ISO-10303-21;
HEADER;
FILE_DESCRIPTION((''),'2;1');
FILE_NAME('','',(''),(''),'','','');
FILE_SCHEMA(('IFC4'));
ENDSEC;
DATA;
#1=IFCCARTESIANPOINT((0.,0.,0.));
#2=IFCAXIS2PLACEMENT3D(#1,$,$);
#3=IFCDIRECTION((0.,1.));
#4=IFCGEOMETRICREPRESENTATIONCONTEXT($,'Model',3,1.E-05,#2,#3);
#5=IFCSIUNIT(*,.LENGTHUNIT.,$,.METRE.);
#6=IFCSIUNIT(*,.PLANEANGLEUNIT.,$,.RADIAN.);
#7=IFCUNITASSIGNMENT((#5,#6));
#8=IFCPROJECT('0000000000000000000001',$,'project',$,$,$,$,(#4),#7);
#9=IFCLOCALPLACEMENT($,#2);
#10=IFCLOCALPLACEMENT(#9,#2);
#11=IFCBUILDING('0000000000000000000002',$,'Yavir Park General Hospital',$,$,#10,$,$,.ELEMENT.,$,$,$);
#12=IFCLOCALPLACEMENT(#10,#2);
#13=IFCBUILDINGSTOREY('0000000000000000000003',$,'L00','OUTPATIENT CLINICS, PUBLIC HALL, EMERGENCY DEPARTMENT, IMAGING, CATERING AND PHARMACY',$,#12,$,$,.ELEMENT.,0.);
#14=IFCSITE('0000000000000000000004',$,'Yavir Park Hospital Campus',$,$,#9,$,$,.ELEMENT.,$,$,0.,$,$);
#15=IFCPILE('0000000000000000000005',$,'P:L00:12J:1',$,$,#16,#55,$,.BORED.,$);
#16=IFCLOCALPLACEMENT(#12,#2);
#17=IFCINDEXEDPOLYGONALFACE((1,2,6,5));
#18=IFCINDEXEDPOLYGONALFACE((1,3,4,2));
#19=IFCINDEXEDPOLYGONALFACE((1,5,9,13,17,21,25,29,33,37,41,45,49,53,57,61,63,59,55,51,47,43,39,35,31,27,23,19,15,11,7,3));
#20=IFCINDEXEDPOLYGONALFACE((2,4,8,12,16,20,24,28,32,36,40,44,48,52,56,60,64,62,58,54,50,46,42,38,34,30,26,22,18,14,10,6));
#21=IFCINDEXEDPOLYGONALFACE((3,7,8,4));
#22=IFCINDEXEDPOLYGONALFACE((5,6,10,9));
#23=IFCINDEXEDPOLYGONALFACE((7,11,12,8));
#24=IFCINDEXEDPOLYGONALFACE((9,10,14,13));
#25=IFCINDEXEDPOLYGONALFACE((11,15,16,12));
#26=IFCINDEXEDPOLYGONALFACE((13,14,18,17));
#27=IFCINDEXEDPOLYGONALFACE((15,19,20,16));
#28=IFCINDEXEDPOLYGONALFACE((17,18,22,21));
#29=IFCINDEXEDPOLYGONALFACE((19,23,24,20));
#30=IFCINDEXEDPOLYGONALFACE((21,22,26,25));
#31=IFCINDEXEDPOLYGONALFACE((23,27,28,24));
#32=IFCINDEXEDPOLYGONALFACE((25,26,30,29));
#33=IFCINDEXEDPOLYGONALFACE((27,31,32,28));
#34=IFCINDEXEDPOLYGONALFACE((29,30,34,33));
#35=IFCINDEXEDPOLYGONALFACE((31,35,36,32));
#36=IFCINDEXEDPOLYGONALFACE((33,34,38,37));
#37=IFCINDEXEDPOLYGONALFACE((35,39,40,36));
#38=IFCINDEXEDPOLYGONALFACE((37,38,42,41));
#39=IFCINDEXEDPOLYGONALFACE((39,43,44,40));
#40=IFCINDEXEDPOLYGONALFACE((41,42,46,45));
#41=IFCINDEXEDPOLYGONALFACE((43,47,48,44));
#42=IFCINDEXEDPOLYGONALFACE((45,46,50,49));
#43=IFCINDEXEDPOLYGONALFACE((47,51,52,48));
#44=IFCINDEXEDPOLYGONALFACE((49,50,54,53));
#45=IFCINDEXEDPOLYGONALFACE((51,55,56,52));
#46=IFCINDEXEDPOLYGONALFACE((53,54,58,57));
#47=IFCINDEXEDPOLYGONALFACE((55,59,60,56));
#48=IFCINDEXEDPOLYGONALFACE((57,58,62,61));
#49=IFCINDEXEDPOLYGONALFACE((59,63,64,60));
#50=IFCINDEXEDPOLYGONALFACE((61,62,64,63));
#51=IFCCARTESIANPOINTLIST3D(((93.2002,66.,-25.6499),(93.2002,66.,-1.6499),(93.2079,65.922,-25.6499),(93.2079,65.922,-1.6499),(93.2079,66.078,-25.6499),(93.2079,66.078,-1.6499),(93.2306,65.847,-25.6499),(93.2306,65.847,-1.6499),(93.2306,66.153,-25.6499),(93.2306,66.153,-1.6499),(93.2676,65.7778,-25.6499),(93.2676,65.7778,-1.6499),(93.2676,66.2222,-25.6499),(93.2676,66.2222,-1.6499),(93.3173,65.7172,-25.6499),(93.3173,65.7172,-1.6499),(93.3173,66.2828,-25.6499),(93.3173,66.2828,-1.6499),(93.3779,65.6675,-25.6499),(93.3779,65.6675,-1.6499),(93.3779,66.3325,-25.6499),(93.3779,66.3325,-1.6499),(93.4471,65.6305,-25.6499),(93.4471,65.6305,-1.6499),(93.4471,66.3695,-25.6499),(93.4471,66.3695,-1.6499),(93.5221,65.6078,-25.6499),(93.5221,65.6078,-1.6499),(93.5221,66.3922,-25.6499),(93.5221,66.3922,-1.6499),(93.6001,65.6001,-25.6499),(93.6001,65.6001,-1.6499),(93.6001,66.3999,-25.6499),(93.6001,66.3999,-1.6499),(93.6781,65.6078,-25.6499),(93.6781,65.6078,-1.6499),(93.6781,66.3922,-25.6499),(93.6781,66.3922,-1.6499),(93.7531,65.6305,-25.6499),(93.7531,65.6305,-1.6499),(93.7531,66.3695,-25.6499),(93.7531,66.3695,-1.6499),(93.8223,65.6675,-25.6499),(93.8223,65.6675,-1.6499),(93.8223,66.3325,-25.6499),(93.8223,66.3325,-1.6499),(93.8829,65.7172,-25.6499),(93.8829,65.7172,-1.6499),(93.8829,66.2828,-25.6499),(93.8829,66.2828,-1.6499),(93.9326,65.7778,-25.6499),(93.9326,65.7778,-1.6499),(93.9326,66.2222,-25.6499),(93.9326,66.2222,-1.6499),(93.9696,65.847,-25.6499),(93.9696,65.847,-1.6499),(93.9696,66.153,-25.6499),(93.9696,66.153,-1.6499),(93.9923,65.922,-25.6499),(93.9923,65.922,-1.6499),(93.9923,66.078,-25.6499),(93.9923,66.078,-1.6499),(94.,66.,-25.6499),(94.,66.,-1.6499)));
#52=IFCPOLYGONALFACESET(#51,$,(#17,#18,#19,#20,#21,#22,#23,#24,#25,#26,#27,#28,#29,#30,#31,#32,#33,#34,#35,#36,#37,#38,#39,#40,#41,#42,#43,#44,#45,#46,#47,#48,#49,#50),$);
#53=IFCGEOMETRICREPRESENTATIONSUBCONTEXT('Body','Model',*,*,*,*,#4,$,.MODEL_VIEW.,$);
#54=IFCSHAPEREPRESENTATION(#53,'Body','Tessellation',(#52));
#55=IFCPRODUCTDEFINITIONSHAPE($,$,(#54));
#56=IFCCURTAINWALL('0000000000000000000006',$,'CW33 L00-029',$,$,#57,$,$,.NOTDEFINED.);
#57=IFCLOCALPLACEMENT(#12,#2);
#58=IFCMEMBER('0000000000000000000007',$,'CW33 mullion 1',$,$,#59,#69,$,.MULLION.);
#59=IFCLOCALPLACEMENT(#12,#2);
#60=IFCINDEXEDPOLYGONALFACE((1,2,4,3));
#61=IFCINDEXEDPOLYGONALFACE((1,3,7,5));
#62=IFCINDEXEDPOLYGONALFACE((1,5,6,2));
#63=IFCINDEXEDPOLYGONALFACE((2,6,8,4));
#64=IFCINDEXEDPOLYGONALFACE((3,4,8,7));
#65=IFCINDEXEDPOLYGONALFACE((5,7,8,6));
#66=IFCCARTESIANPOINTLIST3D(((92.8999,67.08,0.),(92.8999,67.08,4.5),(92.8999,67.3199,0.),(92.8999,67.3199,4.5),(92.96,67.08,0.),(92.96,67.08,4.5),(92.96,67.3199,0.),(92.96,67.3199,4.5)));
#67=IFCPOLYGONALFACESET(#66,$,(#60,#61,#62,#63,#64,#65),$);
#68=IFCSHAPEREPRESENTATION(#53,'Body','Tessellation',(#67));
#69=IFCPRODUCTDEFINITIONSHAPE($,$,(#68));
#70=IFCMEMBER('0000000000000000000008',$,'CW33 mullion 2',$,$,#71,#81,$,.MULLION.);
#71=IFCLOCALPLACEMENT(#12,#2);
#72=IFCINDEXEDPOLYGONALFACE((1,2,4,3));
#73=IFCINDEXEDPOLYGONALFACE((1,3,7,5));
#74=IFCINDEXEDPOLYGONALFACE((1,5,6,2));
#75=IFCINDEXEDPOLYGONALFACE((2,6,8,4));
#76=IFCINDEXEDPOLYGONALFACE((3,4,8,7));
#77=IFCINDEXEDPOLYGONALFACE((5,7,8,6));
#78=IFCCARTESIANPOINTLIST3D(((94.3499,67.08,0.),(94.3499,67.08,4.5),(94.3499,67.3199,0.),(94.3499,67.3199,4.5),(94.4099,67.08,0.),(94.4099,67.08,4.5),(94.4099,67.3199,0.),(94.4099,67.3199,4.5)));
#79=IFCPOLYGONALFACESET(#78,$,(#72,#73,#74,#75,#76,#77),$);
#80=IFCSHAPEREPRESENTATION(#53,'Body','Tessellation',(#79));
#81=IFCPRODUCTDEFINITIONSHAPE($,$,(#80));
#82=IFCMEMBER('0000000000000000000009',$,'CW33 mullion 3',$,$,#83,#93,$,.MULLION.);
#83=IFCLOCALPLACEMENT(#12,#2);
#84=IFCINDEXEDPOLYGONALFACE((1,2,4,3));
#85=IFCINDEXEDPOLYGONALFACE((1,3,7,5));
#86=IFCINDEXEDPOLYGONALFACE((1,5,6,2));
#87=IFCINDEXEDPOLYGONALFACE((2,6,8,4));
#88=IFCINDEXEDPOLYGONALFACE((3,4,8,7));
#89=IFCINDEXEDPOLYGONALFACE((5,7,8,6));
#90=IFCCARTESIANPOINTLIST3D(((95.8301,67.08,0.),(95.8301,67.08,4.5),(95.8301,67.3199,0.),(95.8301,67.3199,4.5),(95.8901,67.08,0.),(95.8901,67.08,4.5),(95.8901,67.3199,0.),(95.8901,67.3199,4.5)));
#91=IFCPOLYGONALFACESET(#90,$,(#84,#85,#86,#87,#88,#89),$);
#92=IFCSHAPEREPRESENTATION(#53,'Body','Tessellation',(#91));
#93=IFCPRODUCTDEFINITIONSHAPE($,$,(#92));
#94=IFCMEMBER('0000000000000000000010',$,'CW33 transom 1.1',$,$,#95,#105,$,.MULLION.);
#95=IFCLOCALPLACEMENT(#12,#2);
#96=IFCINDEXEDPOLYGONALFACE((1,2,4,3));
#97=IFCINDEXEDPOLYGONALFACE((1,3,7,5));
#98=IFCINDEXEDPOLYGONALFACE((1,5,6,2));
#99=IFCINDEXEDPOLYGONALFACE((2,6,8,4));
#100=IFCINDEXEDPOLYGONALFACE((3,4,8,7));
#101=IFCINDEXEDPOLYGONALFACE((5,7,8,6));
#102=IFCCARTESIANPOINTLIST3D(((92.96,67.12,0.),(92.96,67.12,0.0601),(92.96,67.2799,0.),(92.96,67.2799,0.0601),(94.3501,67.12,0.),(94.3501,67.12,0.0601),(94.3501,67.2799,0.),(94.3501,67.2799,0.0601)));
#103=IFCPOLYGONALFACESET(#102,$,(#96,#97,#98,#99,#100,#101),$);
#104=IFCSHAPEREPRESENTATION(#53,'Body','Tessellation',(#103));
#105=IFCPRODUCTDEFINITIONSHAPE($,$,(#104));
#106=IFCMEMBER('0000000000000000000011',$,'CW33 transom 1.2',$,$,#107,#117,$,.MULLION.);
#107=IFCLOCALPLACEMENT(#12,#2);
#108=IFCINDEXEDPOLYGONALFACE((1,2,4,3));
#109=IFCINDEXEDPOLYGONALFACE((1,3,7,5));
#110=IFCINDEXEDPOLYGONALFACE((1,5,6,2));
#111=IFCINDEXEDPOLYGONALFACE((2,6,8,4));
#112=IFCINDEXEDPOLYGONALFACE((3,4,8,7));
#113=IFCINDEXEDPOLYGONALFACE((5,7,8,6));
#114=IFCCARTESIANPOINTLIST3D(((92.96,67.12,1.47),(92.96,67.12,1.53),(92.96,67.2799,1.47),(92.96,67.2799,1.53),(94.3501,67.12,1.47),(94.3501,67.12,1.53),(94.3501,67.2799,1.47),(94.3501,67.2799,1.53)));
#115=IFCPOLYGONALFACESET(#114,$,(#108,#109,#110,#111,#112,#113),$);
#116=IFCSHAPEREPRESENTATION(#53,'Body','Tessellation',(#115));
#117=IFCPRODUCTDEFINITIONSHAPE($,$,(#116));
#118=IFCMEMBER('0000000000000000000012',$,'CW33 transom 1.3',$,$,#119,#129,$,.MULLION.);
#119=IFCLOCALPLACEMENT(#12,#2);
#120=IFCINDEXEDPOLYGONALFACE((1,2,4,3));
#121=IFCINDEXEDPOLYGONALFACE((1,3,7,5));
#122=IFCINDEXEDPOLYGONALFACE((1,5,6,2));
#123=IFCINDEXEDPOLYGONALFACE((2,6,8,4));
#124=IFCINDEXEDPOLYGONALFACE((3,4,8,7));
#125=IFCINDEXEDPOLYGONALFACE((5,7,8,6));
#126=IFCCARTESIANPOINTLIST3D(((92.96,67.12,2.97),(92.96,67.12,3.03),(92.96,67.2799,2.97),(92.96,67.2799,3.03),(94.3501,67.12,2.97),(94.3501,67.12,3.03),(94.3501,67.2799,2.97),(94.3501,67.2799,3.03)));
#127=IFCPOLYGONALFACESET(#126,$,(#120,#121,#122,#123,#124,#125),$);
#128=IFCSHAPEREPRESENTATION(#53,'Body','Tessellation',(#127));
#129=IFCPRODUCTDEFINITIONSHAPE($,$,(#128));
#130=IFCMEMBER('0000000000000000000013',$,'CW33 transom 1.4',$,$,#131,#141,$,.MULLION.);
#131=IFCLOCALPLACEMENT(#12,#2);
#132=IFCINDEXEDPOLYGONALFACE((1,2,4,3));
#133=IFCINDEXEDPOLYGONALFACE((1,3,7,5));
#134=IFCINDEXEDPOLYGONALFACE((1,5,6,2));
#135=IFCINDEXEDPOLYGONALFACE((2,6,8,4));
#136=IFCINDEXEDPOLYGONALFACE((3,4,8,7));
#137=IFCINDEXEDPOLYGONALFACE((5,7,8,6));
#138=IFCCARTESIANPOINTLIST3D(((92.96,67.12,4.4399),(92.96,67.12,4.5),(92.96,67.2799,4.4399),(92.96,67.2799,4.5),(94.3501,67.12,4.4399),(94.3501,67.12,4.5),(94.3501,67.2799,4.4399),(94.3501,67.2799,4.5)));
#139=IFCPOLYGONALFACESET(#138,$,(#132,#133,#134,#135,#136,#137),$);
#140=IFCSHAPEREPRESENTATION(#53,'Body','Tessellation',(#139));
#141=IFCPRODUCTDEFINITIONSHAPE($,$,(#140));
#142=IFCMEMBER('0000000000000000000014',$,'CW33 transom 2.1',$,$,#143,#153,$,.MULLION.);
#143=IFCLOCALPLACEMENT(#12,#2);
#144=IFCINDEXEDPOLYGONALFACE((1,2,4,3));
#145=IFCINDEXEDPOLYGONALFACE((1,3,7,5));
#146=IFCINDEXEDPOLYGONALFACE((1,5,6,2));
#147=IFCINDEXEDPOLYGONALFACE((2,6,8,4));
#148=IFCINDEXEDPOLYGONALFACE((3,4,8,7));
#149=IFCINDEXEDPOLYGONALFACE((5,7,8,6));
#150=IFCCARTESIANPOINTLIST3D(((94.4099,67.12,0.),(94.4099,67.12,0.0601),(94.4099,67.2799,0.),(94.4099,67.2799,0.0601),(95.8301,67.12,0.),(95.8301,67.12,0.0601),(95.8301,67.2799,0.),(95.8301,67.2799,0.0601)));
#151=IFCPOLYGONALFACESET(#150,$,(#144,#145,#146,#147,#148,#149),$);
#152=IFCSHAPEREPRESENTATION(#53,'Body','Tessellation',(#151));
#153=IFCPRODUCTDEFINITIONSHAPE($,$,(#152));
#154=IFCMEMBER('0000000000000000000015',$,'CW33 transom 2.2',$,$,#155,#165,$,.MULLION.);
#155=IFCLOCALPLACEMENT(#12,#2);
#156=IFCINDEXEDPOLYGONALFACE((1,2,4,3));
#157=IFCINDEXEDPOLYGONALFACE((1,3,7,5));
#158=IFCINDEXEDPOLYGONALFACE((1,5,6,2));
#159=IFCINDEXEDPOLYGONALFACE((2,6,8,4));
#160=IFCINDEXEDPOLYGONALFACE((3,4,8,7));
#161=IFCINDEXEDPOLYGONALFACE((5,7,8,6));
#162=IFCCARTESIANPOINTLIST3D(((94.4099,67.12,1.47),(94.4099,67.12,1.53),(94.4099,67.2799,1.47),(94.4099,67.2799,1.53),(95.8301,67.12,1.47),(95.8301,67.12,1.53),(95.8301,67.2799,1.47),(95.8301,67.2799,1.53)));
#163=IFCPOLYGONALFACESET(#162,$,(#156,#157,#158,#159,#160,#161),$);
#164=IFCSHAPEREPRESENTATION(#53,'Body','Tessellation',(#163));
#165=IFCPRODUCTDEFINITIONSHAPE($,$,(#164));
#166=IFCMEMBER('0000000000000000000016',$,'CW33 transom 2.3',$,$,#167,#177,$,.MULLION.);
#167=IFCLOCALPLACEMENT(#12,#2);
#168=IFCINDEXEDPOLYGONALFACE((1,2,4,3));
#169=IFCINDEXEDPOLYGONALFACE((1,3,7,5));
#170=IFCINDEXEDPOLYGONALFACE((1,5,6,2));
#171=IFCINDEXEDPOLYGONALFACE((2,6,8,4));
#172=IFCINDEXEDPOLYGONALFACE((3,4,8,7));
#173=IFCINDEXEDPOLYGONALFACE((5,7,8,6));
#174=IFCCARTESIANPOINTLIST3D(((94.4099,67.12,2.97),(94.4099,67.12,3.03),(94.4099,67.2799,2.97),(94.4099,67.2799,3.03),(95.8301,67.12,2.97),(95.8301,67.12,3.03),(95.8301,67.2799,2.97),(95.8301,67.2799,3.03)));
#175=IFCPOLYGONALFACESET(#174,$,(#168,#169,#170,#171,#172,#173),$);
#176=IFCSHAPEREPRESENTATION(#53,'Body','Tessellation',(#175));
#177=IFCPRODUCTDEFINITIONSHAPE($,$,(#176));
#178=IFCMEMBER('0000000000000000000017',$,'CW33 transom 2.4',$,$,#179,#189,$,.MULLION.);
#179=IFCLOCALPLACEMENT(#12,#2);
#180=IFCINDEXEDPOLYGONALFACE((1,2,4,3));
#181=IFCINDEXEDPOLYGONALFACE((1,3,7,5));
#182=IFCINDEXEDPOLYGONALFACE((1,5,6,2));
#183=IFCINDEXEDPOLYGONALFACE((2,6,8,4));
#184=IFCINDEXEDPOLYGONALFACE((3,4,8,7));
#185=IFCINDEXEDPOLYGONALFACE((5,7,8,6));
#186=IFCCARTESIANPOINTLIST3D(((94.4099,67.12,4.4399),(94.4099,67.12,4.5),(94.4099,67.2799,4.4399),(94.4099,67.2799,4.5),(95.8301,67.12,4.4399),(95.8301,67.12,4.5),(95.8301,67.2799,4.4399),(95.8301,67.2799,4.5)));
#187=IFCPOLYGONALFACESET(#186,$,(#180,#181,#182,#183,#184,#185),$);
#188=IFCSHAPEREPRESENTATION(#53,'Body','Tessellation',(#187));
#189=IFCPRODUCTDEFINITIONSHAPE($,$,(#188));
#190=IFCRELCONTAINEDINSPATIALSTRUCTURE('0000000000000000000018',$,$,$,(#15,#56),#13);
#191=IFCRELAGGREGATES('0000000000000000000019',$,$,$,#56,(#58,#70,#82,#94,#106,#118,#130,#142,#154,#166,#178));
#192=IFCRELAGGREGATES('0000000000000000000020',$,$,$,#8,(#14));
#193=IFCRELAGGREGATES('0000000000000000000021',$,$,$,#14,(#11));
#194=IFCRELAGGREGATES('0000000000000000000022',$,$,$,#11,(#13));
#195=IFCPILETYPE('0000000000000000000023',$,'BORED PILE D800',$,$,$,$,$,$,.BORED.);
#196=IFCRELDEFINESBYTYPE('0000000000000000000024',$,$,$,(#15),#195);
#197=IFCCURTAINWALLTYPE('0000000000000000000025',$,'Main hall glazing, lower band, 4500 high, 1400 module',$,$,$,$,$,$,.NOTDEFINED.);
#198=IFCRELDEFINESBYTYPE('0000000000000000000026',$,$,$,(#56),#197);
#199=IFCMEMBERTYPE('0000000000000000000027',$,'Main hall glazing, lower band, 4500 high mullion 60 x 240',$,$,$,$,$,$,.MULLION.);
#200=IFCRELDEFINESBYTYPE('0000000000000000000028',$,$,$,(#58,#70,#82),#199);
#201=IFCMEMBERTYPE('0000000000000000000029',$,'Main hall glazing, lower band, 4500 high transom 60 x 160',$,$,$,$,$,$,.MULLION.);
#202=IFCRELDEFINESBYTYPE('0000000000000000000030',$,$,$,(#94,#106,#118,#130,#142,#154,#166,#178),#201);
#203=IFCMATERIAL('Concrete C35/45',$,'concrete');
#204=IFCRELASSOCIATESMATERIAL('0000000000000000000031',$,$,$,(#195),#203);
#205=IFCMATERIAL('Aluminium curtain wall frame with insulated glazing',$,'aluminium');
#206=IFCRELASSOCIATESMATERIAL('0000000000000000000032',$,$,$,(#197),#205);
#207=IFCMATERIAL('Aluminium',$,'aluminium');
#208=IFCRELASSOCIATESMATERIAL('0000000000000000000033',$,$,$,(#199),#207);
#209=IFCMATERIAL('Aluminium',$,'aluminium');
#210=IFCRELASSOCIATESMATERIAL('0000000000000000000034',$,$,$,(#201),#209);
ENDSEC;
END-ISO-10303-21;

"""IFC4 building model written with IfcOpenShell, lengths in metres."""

from ifc_helpers import new_model, si_unit, direction, frame, origin, origin_2d, place, context, subcontext, project, spatial, rectangle, circle, extrude, material, material_profile, profile_set, type_object, element, aggregate, save


model = new_model("IFC4")

# Units and contexts
model_context = context("Model", 3, precision=1e-05, world=origin(), true_north=direction((0.0, 1.0)))
body_context = subcontext(model_context, "Body", "Model", "MODEL_VIEW")
ifc_project = project(units=[si_unit("LENGTHUNIT", "METRE"), si_unit("PLANEANGLEUNIT", "RADIAN")], contexts=[model_context])

# Site, building, storey
site_placement = place(None, origin())
site = spatial("IfcSite", under=ifc_project, at=site_placement, Name="Yavir Park Hospital Campus", CompositionType="ELEMENT", RefElevation=0.0)
building_placement = place(site_placement, origin())
building = spatial("IfcBuilding", under=site, at=building_placement, Name="Yavir Park General Hospital", CompositionType="ELEMENT")
storey_placement = place(building_placement, origin())
storey = spatial("IfcBuildingStorey", under=building, at=storey_placement, Name="L00", Description="OUTPATIENT CLINICS, PUBLIC HALL, EMERGENCY DEPARTMENT, IMAGING, CATERING AND PHARMACY", CompositionType="ELEMENT", Elevation=0.0)

# Pile
ifc_material_1 = material(Name="Concrete C35/45", Category="concrete")
ifc_material_profile_1 = material_profile(ifc_material_1, circle(Radius=0.3999, at=origin_2d()), Name="D800")
ifc_profile_set_1 = profile_set([ifc_material_profile_1], Name="Concrete C35/45")
pile_type = type_object("IfcPileType", Name="BORED PILE D800", PredefinedType="BORED", material=ifc_profile_set_1)
pile_placement = place(storey_placement, frame((93.6001, 66.0, -1.6499), z_axis=(0.0, 0.0, -1.0), x_axis=(1.0, 0.0, 0.0)))
element("IfcPile", 1, at=pile_placement, inside=storey, type_object=pile_type, Name="P:L00:12J:1", PredefinedType="BORED", context=body_context, shape_type="SweptSolid", body=[
    extrude(circle(Radius=0.3999, at=origin_2d()), origin(), (0.0, 0.0, 1.0), 24.0),
])

# Curtain wall, members
ifc_material_2 = material(Name="Aluminium curtain wall frame with insulated glazing", Category="aluminium")
curtain_wall_type_1 = type_object("IfcCurtainWallType", Name="Main hall glazing, lower band, 4500 high, 1400 module", PredefinedType="NOTDEFINED", material=ifc_material_2)
curtain_wall_1_placement = place(storey_placement, origin())
curtain_wall_1 = element("IfcCurtainWall", 2, at=curtain_wall_1_placement, inside=storey, type_object=curtain_wall_type_1, Name="CW33 L00-029", PredefinedType="NOTDEFINED")
ifc_material_3 = material(Name="Aluminium", Category="aluminium")
ifc_material_profile_2 = material_profile(ifc_material_3, rectangle(XDim=0.24, YDim=0.0601, at=origin_2d()), Name="AL 60x240")
ifc_profile_set_2 = profile_set([ifc_material_profile_2], Name="Aluminium")
member_type_1 = type_object("IfcMemberType", Name="Main hall glazing, lower band, 4500 high mullion 60 x 240", PredefinedType="MULLION", material=ifc_profile_set_2)
member_1_placement = place(storey_placement, frame((92.9299, 67.2, 0.0), z_axis=(0.0, 0.0, 1.0), x_axis=(0.0, 1.0, 0.0)))
member_1 = element("IfcMember", 3, at=member_1_placement, type_object=member_type_1, Name="CW33 mullion 1", PredefinedType="MULLION", context=body_context, shape_type="SweptSolid", body=[
    extrude(rectangle(XDim=0.24, YDim=0.0601, at=origin_2d()), origin(), (0.0, 0.0, 1.0), 4.5),
])
member_2_placement = place(storey_placement, frame((94.3799, 67.2, 0.0), z_axis=(0.0, 0.0, 1.0), x_axis=(0.0, 1.0, 0.0)))
member_2 = element("IfcMember", 4, at=member_2_placement, type_object=member_type_1, Name="CW33 mullion 2", PredefinedType="MULLION", context=body_context, shape_type="SweptSolid", body=[
    extrude(rectangle(XDim=0.24, YDim=0.0601, at=origin_2d()), origin(), (0.0, 0.0, 1.0), 4.5),
])
member_3_placement = place(storey_placement, frame((95.8601, 67.2, 0.0), z_axis=(0.0, 0.0, 1.0), x_axis=(0.0, 1.0, 0.0)))
member_3 = element("IfcMember", 5, at=member_3_placement, type_object=member_type_1, Name="CW33 mullion 3", PredefinedType="MULLION", context=body_context, shape_type="SweptSolid", body=[
    extrude(rectangle(XDim=0.24, YDim=0.0601, at=origin_2d()), origin(), (0.0, 0.0, 1.0), 4.5),
])
ifc_material_4 = material(Name="Aluminium", Category="aluminium")
ifc_material_profile_3 = material_profile(ifc_material_4, rectangle(XDim=0.1599, YDim=0.0601, at=origin_2d()), Name="AL 160x60")
ifc_profile_set_3 = profile_set([ifc_material_profile_3], Name="Aluminium")
member_type_2 = type_object("IfcMemberType", Name="Main hall glazing, lower band, 4500 high transom 60 x 160", PredefinedType="MULLION", material=ifc_profile_set_3)
member_4_placement = place(storey_placement, frame((92.96, 67.2, 0.03), z_axis=(1.0, 0.0, 0.0), x_axis=(0.0, 1.0, 0.0)))
member_4 = element("IfcMember", 6, at=member_4_placement, type_object=member_type_2, Name="CW33 transom 1.1", PredefinedType="MULLION", context=body_context, shape_type="SweptSolid", body=[
    extrude(rectangle(XDim=0.1599, YDim=0.0601, at=origin_2d()), origin(), (0.0, 0.0, 1.0), 1.3901),
])
member_5_placement = place(storey_placement, frame((92.96, 67.2, 1.5), z_axis=(1.0, 0.0, 0.0), x_axis=(0.0, 1.0, 0.0)))
member_5 = element("IfcMember", 7, at=member_5_placement, type_object=member_type_2, Name="CW33 transom 1.2", PredefinedType="MULLION", context=body_context, shape_type="SweptSolid", body=[
    extrude(rectangle(XDim=0.1599, YDim=0.0601, at=origin_2d()), origin(), (0.0, 0.0, 1.0), 1.3901),
])
member_6_placement = place(storey_placement, frame((92.96, 67.2, 3.0), z_axis=(1.0, 0.0, 0.0), x_axis=(0.0, 1.0, 0.0)))
member_6 = element("IfcMember", 8, at=member_6_placement, type_object=member_type_2, Name="CW33 transom 1.3", PredefinedType="MULLION", context=body_context, shape_type="SweptSolid", body=[
    extrude(rectangle(XDim=0.1599, YDim=0.0601, at=origin_2d()), origin(), (0.0, 0.0, 1.0), 1.3901),
])
member_7_placement = place(storey_placement, frame((92.96, 67.2, 4.47), z_axis=(1.0, 0.0, 0.0), x_axis=(0.0, 1.0, 0.0)))
member_7 = element("IfcMember", 9, at=member_7_placement, type_object=member_type_2, Name="CW33 transom 1.4", PredefinedType="MULLION", context=body_context, shape_type="SweptSolid", body=[
    extrude(rectangle(XDim=0.1599, YDim=0.0601, at=origin_2d()), origin(), (0.0, 0.0, 1.0), 1.3901),
])
member_8_placement = place(storey_placement, frame((94.4099, 67.2, 0.03), z_axis=(1.0, 0.0, 0.0), x_axis=(0.0, 1.0, 0.0)))
member_8 = element("IfcMember", 10, at=member_8_placement, type_object=member_type_2, Name="CW33 transom 2.1", PredefinedType="MULLION", context=body_context, shape_type="SweptSolid", body=[
    extrude(rectangle(XDim=0.1599, YDim=0.0601, at=origin_2d()), origin(), (0.0, 0.0, 1.0), 1.4202),
])
member_9_placement = place(storey_placement, frame((94.4099, 67.2, 1.5), z_axis=(1.0, 0.0, 0.0), x_axis=(0.0, 1.0, 0.0)))
member_9 = element("IfcMember", 11, at=member_9_placement, type_object=member_type_2, Name="CW33 transom 2.2", PredefinedType="MULLION", context=body_context, shape_type="SweptSolid", body=[
    extrude(rectangle(XDim=0.1599, YDim=0.0601, at=origin_2d()), origin(), (0.0, 0.0, 1.0), 1.4202),
])
member_10_placement = place(storey_placement, frame((94.4099, 67.2, 3.0), z_axis=(1.0, 0.0, 0.0), x_axis=(0.0, 1.0, 0.0)))
member_10 = element("IfcMember", 12, at=member_10_placement, type_object=member_type_2, Name="CW33 transom 2.3", PredefinedType="MULLION", context=body_context, shape_type="SweptSolid", body=[
    extrude(rectangle(XDim=0.1599, YDim=0.0601, at=origin_2d()), origin(), (0.0, 0.0, 1.0), 1.4202),
])
member_11_placement = place(storey_placement, frame((94.4099, 67.2, 4.47), z_axis=(1.0, 0.0, 0.0), x_axis=(0.0, 1.0, 0.0)))
member_11 = element("IfcMember", 13, at=member_11_placement, type_object=member_type_2, Name="CW33 transom 2.4", PredefinedType="MULLION", context=body_context, shape_type="SweptSolid", body=[
    extrude(rectangle(XDim=0.1599, YDim=0.0601, at=origin_2d()), origin(), (0.0, 0.0, 1.0), 1.4202),
])

aggregate(curtain_wall_1, [member_1, member_2, member_3, member_4, member_5, member_6, member_7, member_8, member_9, member_10, member_11])

save(model, "model.ifc")
